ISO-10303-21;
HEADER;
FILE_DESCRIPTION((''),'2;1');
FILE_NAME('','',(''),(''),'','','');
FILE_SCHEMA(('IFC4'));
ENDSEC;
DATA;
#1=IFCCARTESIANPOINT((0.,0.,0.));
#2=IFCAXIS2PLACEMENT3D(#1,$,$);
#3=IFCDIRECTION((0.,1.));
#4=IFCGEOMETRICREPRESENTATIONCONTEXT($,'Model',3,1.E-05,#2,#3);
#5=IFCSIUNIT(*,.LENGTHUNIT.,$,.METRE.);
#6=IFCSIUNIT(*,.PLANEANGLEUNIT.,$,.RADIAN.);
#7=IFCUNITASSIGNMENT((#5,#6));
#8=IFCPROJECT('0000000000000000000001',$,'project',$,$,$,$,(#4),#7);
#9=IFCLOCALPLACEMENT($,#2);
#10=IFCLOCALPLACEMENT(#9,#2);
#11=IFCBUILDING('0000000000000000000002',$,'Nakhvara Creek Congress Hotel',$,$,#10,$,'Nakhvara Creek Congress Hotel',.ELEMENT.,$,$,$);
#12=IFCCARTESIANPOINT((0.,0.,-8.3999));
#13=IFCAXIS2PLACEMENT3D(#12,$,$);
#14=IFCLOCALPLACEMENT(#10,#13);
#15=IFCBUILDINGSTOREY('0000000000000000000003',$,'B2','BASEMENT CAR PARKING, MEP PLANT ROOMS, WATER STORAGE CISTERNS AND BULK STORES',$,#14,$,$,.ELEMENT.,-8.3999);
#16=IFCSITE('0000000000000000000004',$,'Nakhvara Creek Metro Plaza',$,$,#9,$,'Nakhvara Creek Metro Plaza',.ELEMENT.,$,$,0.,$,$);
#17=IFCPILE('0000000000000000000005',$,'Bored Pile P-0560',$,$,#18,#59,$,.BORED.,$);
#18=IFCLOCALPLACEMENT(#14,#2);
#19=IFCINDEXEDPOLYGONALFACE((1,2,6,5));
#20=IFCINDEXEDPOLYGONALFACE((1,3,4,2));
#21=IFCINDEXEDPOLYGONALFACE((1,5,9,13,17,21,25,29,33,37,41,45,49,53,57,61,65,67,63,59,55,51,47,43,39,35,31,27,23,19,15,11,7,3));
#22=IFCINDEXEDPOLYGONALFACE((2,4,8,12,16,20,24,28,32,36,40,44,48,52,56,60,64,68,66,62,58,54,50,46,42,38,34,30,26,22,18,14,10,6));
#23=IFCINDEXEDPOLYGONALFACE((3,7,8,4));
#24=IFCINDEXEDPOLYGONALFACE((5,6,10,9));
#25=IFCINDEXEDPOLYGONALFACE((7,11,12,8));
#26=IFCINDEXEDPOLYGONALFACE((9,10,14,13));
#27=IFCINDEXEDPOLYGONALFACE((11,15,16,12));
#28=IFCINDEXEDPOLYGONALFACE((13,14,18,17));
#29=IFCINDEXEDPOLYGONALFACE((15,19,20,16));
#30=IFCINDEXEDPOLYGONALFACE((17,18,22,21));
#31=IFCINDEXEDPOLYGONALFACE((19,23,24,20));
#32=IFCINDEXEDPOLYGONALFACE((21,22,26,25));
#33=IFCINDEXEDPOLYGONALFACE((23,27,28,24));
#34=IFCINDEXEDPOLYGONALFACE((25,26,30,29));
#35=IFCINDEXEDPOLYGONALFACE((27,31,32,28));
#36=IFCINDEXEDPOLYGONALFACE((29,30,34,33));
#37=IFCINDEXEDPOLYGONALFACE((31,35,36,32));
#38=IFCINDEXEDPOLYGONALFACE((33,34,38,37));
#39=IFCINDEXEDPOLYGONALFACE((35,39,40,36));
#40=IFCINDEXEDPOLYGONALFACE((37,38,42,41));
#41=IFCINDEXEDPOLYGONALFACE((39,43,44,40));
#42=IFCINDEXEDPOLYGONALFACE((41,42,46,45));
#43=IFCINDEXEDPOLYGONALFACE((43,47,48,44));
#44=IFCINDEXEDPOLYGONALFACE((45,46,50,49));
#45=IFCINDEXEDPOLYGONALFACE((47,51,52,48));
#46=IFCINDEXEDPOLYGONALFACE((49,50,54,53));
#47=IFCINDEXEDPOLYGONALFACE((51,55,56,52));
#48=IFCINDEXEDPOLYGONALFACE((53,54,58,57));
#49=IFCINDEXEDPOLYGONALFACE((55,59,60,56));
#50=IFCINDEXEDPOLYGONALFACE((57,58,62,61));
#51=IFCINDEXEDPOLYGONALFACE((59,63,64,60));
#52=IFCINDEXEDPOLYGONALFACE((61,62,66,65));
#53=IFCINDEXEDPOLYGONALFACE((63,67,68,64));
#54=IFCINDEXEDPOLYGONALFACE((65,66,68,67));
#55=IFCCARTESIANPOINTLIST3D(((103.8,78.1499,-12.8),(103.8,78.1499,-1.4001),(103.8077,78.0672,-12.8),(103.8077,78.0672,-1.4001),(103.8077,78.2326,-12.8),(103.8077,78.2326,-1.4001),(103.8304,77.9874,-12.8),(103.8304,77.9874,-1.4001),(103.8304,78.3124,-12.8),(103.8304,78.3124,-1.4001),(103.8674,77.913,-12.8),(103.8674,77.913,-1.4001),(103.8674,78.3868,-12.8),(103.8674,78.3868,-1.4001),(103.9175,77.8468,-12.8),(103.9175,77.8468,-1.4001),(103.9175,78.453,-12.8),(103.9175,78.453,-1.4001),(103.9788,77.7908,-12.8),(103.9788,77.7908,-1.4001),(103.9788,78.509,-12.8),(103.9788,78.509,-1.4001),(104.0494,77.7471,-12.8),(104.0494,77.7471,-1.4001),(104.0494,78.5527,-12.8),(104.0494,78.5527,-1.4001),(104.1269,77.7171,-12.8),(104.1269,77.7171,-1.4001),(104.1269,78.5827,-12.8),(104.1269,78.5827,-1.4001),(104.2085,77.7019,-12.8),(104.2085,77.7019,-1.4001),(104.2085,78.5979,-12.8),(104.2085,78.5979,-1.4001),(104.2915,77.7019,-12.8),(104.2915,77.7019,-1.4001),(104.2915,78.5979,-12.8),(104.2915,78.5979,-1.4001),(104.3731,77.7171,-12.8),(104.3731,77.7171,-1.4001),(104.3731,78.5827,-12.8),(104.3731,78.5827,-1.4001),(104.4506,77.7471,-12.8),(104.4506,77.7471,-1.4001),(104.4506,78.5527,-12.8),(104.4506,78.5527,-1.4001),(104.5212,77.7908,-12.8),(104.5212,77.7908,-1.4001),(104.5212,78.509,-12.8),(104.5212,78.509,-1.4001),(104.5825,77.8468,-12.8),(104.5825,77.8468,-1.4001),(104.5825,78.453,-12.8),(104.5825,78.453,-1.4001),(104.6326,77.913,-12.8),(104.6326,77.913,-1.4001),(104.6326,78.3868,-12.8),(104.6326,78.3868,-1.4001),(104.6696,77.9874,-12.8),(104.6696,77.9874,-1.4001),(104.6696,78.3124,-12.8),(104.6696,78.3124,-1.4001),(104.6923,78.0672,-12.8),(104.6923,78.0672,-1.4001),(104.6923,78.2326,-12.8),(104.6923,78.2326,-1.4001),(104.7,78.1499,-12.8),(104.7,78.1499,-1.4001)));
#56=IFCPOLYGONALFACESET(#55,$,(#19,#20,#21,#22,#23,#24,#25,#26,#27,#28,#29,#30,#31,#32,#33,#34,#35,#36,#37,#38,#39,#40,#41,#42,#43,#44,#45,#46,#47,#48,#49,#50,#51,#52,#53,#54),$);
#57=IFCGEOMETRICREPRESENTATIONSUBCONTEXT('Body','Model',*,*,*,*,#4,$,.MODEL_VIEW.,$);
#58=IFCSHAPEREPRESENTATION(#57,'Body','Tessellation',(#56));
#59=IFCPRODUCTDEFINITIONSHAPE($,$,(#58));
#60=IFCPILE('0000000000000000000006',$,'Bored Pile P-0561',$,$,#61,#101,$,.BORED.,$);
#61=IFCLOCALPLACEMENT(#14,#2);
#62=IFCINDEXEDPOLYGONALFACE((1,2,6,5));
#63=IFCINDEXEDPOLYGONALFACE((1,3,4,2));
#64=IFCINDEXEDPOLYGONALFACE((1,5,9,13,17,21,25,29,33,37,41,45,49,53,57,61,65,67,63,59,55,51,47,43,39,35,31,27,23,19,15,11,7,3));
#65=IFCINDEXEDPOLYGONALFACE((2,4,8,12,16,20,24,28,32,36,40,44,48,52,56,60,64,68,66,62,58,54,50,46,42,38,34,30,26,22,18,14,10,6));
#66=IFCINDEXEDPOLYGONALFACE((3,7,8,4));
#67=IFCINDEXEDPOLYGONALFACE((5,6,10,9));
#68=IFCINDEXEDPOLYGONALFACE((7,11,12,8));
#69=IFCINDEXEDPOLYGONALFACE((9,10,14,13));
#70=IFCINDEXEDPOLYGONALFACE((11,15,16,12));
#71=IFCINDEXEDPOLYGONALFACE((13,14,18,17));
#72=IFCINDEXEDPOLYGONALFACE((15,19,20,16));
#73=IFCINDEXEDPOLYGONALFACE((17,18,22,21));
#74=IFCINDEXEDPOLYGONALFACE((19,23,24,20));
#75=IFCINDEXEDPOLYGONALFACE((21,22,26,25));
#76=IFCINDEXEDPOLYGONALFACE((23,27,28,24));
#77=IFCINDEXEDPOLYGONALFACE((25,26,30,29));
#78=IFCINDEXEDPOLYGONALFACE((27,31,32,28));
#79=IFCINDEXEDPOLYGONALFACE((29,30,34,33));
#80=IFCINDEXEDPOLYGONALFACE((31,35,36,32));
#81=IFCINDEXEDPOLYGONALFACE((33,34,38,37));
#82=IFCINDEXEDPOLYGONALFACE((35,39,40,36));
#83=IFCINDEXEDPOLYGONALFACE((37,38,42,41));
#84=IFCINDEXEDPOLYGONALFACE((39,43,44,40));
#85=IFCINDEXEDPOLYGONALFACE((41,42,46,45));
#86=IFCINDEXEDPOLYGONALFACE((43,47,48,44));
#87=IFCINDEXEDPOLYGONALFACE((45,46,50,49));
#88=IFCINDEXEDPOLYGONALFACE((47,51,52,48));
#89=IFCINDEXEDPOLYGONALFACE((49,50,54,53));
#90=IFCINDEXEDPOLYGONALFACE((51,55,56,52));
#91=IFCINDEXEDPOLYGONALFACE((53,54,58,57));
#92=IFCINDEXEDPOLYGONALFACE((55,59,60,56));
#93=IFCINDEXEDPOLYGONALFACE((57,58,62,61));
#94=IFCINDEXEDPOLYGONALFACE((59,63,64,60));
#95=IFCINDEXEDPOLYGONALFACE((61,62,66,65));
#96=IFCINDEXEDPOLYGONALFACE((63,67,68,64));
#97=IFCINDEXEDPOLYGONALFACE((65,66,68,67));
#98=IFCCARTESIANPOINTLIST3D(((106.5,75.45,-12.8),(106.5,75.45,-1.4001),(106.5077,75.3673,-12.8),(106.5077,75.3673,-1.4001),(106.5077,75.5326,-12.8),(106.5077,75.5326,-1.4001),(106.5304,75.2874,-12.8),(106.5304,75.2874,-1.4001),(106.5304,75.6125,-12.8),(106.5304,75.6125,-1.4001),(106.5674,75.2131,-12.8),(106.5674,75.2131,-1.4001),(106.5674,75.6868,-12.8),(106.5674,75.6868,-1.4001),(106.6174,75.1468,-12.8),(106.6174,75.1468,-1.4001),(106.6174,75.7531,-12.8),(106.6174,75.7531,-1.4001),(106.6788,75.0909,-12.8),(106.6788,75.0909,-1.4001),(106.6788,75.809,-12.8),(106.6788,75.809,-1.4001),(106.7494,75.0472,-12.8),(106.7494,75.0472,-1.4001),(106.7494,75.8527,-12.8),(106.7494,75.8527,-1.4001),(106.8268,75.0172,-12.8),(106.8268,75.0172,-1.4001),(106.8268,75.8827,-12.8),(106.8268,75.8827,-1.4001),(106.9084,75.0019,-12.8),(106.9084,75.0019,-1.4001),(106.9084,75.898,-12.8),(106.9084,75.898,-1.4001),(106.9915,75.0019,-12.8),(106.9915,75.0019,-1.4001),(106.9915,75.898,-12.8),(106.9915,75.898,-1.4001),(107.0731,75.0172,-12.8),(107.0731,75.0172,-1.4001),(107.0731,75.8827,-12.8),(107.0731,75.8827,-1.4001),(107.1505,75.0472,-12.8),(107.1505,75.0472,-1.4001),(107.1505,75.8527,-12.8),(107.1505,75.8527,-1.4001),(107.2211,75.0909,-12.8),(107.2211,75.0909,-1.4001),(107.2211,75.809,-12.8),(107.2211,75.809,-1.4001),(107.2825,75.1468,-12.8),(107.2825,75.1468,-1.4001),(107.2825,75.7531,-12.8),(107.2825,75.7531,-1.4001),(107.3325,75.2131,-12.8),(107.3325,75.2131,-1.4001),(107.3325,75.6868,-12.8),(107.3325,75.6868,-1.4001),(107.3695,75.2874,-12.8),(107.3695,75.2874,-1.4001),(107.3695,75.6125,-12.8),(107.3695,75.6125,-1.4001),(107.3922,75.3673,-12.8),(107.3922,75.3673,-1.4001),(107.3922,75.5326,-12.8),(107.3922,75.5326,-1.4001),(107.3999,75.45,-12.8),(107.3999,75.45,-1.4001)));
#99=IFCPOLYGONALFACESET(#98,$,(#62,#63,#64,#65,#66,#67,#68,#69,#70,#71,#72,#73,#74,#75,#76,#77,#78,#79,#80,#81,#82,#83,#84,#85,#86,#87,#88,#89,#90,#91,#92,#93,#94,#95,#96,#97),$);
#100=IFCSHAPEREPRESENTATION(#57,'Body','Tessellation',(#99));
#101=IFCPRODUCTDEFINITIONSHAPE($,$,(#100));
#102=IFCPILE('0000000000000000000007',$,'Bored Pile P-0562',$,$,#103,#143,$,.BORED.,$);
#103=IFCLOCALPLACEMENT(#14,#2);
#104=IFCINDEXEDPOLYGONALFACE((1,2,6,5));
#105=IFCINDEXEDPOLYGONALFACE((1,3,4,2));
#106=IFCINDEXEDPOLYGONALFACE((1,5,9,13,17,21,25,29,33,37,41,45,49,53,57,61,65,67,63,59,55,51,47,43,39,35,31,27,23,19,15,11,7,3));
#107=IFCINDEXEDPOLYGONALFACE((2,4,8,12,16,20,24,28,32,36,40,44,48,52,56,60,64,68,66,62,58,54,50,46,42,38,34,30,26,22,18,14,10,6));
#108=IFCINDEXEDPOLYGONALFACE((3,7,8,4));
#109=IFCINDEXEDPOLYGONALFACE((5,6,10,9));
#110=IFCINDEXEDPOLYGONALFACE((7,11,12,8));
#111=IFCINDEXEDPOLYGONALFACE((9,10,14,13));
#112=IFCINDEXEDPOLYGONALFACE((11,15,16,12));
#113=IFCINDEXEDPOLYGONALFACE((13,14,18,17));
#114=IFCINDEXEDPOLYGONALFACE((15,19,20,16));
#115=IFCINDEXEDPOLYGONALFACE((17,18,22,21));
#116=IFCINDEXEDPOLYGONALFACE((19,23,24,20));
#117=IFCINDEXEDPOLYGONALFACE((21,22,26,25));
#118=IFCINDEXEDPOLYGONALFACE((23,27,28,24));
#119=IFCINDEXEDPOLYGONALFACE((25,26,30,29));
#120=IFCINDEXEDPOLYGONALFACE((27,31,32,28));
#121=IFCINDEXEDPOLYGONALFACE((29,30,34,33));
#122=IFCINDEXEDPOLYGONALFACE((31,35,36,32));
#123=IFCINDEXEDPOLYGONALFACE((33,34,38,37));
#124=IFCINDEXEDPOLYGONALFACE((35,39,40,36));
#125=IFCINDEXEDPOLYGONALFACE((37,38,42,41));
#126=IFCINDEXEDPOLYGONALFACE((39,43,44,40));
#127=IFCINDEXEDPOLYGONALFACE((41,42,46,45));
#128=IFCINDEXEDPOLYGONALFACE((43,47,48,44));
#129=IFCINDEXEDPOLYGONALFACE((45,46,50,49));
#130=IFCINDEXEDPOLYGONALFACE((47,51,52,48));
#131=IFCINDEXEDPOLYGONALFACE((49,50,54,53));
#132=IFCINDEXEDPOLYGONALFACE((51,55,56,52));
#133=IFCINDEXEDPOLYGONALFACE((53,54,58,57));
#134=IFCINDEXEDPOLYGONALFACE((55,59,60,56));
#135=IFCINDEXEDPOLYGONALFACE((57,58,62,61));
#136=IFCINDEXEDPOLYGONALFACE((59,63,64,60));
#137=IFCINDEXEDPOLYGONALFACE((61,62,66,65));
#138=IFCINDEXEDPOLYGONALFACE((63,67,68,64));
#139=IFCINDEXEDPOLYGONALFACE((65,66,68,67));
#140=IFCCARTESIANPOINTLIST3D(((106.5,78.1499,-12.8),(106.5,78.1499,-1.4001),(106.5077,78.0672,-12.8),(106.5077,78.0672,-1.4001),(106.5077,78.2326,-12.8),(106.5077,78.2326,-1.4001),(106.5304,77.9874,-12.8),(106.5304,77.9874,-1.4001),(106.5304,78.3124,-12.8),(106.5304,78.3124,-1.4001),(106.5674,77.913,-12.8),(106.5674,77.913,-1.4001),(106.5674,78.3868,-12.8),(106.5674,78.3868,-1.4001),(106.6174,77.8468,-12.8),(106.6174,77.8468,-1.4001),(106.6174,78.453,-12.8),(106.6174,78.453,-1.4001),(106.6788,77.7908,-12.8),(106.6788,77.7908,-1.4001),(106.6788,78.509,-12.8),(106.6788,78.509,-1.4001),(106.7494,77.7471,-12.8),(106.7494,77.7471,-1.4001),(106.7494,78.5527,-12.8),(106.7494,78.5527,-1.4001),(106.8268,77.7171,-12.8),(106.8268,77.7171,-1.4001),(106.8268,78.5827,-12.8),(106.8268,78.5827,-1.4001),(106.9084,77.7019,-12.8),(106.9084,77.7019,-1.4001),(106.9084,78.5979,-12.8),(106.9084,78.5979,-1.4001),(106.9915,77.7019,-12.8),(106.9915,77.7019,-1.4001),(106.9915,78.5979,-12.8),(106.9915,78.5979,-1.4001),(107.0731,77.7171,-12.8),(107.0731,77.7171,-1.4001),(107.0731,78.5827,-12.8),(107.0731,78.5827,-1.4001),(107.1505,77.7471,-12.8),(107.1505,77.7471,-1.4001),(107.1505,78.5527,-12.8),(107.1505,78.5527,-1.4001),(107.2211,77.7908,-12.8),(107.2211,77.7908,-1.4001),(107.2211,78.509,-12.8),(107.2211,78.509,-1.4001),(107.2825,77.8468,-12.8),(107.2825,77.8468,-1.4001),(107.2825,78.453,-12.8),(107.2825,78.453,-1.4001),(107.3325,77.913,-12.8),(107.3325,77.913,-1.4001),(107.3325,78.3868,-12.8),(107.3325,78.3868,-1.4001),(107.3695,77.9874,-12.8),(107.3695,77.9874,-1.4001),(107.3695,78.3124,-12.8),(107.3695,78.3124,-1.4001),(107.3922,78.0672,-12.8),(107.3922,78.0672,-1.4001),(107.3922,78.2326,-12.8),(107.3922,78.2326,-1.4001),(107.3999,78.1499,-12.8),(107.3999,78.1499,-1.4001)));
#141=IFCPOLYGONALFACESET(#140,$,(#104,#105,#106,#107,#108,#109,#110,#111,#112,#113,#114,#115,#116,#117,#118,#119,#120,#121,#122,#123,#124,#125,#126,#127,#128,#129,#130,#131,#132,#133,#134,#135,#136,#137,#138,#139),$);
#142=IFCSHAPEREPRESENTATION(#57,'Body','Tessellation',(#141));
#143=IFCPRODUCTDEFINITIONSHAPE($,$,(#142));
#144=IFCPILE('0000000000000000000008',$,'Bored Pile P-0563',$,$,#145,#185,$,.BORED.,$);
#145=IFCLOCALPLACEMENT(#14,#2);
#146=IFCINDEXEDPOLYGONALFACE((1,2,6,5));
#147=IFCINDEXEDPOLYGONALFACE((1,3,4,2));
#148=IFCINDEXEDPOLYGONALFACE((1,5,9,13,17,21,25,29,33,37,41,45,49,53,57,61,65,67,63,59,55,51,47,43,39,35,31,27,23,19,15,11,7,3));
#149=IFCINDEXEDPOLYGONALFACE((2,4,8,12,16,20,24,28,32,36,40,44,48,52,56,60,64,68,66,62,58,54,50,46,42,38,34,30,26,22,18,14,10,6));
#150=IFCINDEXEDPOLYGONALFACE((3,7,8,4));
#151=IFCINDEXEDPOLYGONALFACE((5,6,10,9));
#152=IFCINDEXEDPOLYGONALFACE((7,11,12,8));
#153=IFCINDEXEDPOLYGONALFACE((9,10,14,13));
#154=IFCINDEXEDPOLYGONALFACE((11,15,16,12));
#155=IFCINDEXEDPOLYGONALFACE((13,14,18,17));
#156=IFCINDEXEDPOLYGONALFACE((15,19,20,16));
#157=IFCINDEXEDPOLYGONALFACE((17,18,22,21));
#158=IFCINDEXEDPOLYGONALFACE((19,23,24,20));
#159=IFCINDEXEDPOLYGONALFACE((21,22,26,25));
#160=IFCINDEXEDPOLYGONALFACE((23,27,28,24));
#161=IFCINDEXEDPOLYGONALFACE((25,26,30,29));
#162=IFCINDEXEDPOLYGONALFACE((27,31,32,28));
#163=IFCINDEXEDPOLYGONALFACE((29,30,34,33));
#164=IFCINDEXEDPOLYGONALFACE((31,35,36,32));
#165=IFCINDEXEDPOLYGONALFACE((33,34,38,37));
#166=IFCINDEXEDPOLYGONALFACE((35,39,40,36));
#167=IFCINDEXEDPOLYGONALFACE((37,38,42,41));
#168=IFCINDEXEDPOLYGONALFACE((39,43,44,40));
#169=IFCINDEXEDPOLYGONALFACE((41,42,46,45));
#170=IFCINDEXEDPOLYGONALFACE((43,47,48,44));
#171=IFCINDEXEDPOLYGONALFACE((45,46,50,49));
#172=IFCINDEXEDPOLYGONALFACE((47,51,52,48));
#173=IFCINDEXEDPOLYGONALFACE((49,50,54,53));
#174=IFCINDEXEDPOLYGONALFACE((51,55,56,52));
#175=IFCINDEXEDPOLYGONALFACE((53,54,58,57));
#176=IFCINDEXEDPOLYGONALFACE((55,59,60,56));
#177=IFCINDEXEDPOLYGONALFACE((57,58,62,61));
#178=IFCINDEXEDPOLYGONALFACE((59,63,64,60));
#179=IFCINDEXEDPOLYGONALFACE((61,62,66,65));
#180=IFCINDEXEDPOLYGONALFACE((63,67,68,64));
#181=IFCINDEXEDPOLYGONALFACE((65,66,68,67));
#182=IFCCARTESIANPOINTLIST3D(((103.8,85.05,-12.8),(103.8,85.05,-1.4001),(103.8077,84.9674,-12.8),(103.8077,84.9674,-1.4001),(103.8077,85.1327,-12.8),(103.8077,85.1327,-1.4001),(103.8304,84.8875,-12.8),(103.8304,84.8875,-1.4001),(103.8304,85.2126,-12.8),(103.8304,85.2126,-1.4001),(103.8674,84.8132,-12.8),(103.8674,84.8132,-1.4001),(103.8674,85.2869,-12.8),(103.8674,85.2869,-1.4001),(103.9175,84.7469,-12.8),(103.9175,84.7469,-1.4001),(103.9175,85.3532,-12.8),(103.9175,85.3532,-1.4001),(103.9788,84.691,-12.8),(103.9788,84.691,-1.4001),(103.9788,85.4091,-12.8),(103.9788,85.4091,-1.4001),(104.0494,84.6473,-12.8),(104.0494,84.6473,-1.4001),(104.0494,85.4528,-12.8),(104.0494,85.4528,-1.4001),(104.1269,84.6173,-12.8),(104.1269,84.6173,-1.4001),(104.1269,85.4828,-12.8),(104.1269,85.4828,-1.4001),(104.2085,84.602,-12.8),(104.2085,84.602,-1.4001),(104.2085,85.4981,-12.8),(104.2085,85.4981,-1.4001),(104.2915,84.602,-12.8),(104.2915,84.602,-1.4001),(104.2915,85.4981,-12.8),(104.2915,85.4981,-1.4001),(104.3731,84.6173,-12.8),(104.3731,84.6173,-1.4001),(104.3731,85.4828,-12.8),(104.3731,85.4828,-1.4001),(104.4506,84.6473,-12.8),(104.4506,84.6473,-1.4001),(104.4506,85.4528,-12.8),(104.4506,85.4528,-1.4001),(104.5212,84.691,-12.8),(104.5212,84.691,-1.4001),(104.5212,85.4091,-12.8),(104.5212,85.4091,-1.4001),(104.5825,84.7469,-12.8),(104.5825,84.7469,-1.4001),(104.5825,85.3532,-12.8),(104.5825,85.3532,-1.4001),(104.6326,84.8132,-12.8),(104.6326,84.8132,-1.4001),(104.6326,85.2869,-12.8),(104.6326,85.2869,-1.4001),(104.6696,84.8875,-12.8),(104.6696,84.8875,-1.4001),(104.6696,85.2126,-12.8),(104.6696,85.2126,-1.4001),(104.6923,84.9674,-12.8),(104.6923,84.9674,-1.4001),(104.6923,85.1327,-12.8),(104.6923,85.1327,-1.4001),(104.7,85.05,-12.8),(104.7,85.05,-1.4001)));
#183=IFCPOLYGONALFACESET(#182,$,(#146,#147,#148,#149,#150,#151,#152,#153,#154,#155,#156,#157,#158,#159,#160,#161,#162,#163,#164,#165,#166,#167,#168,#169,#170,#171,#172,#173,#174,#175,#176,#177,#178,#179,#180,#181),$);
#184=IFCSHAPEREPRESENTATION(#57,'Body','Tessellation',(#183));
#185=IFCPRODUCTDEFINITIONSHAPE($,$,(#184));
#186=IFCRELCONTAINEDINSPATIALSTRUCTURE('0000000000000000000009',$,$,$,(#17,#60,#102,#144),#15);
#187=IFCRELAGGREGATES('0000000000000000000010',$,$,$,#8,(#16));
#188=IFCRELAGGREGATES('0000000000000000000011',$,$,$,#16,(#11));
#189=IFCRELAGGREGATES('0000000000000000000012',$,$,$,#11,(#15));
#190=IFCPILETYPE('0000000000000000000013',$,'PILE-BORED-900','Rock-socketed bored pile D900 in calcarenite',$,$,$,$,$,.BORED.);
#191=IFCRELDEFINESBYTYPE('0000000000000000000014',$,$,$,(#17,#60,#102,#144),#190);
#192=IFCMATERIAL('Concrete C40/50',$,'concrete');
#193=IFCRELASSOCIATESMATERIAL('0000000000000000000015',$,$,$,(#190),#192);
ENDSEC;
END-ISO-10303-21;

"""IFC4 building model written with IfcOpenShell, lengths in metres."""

from ifc_helpers import new_model, si_unit, direction, frame, origin, origin_2d, place, context, subcontext, project, spatial, circle, extrude, material, material_profile, profile_set, type_object, element, save


model = new_model("IFC4")

# Units and contexts
model_context = context("Model", 3, precision=1e-05, world=origin(), true_north=direction((0.0, 1.0)))
body_context = subcontext(model_context, "Body", "Model", "MODEL_VIEW")
ifc_project = project(units=[si_unit("LENGTHUNIT", "METRE"), si_unit("PLANEANGLEUNIT", "RADIAN")], contexts=[model_context])

# Site, building, storey
site_placement = place(None, origin())
site = spatial("IfcSite", under=ifc_project, at=site_placement, Name="Nakhvara Creek Metro Plaza", LongName="Nakhvara Creek Metro Plaza", CompositionType="ELEMENT", RefElevation=0.0)
building_placement = place(site_placement, origin())
building = spatial("IfcBuilding", under=site, at=building_placement, Name="Nakhvara Creek Congress Hotel", LongName="Nakhvara Creek Congress Hotel", CompositionType="ELEMENT")
storey_placement = place(building_placement, frame((0.0, 0.0, -8.3999)))
storey = spatial("IfcBuildingStorey", under=building, at=storey_placement, Name="B2", Description="BASEMENT CAR PARKING, MEP PLANT ROOMS, WATER STORAGE CISTERNS AND BULK STORES", CompositionType="ELEMENT", Elevation=-8.3999)

# Shared definitions
ifc_material_1 = material(Name="Concrete C40/50", Category="concrete")

# Piles
ifc_material_profile_1 = material_profile(ifc_material_1, circle(Radius=0.45, at=origin_2d()), Name="BORED PILE D900", Category="LoadBearing")
ifc_profile_set_1 = profile_set([ifc_material_profile_1], Name="Concrete C40/50")
pile_type = type_object("IfcPileType", Name="PILE-BORED-900", Description="Rock-socketed bored pile D900 in calcarenite", PredefinedType="BORED", material=ifc_profile_set_1)
for number, where, z_axis, x_axis, name in (
    (1, (104.25, 78.1499, -1.4001), (0.0, 0.0, -1.0), (1.0, 0.0, 0.0), "Bored Pile P-0560"),
    (2, (106.95, 75.45, -1.4001), (0.0, 0.0, -1.0), (1.0, 0.0, 0.0), "Bored Pile P-0561"),
    (3, (106.95, 78.1499, -1.4001), (0.0, 0.0, -1.0), (1.0, 0.0, 0.0), "Bored Pile P-0562"),
    (4, (104.25, 85.05, -1.4001), (0.0, 0.0, -1.0), (1.0, 0.0, 0.0), "Bored Pile P-0563"),
):
    element("IfcPile", number, at=place(storey_placement, frame(where, z_axis=z_axis, x_axis=x_axis)), inside=storey, type_object=pile_type, Name=name, PredefinedType="BORED", context=body_context, shape_type="SweptSolid", body=[
        extrude(circle(Radius=0.45, at=origin_2d()), origin(), (0.0, 0.0, 1.0), 11.3999),
    ])

save(model, "model.ifc")
